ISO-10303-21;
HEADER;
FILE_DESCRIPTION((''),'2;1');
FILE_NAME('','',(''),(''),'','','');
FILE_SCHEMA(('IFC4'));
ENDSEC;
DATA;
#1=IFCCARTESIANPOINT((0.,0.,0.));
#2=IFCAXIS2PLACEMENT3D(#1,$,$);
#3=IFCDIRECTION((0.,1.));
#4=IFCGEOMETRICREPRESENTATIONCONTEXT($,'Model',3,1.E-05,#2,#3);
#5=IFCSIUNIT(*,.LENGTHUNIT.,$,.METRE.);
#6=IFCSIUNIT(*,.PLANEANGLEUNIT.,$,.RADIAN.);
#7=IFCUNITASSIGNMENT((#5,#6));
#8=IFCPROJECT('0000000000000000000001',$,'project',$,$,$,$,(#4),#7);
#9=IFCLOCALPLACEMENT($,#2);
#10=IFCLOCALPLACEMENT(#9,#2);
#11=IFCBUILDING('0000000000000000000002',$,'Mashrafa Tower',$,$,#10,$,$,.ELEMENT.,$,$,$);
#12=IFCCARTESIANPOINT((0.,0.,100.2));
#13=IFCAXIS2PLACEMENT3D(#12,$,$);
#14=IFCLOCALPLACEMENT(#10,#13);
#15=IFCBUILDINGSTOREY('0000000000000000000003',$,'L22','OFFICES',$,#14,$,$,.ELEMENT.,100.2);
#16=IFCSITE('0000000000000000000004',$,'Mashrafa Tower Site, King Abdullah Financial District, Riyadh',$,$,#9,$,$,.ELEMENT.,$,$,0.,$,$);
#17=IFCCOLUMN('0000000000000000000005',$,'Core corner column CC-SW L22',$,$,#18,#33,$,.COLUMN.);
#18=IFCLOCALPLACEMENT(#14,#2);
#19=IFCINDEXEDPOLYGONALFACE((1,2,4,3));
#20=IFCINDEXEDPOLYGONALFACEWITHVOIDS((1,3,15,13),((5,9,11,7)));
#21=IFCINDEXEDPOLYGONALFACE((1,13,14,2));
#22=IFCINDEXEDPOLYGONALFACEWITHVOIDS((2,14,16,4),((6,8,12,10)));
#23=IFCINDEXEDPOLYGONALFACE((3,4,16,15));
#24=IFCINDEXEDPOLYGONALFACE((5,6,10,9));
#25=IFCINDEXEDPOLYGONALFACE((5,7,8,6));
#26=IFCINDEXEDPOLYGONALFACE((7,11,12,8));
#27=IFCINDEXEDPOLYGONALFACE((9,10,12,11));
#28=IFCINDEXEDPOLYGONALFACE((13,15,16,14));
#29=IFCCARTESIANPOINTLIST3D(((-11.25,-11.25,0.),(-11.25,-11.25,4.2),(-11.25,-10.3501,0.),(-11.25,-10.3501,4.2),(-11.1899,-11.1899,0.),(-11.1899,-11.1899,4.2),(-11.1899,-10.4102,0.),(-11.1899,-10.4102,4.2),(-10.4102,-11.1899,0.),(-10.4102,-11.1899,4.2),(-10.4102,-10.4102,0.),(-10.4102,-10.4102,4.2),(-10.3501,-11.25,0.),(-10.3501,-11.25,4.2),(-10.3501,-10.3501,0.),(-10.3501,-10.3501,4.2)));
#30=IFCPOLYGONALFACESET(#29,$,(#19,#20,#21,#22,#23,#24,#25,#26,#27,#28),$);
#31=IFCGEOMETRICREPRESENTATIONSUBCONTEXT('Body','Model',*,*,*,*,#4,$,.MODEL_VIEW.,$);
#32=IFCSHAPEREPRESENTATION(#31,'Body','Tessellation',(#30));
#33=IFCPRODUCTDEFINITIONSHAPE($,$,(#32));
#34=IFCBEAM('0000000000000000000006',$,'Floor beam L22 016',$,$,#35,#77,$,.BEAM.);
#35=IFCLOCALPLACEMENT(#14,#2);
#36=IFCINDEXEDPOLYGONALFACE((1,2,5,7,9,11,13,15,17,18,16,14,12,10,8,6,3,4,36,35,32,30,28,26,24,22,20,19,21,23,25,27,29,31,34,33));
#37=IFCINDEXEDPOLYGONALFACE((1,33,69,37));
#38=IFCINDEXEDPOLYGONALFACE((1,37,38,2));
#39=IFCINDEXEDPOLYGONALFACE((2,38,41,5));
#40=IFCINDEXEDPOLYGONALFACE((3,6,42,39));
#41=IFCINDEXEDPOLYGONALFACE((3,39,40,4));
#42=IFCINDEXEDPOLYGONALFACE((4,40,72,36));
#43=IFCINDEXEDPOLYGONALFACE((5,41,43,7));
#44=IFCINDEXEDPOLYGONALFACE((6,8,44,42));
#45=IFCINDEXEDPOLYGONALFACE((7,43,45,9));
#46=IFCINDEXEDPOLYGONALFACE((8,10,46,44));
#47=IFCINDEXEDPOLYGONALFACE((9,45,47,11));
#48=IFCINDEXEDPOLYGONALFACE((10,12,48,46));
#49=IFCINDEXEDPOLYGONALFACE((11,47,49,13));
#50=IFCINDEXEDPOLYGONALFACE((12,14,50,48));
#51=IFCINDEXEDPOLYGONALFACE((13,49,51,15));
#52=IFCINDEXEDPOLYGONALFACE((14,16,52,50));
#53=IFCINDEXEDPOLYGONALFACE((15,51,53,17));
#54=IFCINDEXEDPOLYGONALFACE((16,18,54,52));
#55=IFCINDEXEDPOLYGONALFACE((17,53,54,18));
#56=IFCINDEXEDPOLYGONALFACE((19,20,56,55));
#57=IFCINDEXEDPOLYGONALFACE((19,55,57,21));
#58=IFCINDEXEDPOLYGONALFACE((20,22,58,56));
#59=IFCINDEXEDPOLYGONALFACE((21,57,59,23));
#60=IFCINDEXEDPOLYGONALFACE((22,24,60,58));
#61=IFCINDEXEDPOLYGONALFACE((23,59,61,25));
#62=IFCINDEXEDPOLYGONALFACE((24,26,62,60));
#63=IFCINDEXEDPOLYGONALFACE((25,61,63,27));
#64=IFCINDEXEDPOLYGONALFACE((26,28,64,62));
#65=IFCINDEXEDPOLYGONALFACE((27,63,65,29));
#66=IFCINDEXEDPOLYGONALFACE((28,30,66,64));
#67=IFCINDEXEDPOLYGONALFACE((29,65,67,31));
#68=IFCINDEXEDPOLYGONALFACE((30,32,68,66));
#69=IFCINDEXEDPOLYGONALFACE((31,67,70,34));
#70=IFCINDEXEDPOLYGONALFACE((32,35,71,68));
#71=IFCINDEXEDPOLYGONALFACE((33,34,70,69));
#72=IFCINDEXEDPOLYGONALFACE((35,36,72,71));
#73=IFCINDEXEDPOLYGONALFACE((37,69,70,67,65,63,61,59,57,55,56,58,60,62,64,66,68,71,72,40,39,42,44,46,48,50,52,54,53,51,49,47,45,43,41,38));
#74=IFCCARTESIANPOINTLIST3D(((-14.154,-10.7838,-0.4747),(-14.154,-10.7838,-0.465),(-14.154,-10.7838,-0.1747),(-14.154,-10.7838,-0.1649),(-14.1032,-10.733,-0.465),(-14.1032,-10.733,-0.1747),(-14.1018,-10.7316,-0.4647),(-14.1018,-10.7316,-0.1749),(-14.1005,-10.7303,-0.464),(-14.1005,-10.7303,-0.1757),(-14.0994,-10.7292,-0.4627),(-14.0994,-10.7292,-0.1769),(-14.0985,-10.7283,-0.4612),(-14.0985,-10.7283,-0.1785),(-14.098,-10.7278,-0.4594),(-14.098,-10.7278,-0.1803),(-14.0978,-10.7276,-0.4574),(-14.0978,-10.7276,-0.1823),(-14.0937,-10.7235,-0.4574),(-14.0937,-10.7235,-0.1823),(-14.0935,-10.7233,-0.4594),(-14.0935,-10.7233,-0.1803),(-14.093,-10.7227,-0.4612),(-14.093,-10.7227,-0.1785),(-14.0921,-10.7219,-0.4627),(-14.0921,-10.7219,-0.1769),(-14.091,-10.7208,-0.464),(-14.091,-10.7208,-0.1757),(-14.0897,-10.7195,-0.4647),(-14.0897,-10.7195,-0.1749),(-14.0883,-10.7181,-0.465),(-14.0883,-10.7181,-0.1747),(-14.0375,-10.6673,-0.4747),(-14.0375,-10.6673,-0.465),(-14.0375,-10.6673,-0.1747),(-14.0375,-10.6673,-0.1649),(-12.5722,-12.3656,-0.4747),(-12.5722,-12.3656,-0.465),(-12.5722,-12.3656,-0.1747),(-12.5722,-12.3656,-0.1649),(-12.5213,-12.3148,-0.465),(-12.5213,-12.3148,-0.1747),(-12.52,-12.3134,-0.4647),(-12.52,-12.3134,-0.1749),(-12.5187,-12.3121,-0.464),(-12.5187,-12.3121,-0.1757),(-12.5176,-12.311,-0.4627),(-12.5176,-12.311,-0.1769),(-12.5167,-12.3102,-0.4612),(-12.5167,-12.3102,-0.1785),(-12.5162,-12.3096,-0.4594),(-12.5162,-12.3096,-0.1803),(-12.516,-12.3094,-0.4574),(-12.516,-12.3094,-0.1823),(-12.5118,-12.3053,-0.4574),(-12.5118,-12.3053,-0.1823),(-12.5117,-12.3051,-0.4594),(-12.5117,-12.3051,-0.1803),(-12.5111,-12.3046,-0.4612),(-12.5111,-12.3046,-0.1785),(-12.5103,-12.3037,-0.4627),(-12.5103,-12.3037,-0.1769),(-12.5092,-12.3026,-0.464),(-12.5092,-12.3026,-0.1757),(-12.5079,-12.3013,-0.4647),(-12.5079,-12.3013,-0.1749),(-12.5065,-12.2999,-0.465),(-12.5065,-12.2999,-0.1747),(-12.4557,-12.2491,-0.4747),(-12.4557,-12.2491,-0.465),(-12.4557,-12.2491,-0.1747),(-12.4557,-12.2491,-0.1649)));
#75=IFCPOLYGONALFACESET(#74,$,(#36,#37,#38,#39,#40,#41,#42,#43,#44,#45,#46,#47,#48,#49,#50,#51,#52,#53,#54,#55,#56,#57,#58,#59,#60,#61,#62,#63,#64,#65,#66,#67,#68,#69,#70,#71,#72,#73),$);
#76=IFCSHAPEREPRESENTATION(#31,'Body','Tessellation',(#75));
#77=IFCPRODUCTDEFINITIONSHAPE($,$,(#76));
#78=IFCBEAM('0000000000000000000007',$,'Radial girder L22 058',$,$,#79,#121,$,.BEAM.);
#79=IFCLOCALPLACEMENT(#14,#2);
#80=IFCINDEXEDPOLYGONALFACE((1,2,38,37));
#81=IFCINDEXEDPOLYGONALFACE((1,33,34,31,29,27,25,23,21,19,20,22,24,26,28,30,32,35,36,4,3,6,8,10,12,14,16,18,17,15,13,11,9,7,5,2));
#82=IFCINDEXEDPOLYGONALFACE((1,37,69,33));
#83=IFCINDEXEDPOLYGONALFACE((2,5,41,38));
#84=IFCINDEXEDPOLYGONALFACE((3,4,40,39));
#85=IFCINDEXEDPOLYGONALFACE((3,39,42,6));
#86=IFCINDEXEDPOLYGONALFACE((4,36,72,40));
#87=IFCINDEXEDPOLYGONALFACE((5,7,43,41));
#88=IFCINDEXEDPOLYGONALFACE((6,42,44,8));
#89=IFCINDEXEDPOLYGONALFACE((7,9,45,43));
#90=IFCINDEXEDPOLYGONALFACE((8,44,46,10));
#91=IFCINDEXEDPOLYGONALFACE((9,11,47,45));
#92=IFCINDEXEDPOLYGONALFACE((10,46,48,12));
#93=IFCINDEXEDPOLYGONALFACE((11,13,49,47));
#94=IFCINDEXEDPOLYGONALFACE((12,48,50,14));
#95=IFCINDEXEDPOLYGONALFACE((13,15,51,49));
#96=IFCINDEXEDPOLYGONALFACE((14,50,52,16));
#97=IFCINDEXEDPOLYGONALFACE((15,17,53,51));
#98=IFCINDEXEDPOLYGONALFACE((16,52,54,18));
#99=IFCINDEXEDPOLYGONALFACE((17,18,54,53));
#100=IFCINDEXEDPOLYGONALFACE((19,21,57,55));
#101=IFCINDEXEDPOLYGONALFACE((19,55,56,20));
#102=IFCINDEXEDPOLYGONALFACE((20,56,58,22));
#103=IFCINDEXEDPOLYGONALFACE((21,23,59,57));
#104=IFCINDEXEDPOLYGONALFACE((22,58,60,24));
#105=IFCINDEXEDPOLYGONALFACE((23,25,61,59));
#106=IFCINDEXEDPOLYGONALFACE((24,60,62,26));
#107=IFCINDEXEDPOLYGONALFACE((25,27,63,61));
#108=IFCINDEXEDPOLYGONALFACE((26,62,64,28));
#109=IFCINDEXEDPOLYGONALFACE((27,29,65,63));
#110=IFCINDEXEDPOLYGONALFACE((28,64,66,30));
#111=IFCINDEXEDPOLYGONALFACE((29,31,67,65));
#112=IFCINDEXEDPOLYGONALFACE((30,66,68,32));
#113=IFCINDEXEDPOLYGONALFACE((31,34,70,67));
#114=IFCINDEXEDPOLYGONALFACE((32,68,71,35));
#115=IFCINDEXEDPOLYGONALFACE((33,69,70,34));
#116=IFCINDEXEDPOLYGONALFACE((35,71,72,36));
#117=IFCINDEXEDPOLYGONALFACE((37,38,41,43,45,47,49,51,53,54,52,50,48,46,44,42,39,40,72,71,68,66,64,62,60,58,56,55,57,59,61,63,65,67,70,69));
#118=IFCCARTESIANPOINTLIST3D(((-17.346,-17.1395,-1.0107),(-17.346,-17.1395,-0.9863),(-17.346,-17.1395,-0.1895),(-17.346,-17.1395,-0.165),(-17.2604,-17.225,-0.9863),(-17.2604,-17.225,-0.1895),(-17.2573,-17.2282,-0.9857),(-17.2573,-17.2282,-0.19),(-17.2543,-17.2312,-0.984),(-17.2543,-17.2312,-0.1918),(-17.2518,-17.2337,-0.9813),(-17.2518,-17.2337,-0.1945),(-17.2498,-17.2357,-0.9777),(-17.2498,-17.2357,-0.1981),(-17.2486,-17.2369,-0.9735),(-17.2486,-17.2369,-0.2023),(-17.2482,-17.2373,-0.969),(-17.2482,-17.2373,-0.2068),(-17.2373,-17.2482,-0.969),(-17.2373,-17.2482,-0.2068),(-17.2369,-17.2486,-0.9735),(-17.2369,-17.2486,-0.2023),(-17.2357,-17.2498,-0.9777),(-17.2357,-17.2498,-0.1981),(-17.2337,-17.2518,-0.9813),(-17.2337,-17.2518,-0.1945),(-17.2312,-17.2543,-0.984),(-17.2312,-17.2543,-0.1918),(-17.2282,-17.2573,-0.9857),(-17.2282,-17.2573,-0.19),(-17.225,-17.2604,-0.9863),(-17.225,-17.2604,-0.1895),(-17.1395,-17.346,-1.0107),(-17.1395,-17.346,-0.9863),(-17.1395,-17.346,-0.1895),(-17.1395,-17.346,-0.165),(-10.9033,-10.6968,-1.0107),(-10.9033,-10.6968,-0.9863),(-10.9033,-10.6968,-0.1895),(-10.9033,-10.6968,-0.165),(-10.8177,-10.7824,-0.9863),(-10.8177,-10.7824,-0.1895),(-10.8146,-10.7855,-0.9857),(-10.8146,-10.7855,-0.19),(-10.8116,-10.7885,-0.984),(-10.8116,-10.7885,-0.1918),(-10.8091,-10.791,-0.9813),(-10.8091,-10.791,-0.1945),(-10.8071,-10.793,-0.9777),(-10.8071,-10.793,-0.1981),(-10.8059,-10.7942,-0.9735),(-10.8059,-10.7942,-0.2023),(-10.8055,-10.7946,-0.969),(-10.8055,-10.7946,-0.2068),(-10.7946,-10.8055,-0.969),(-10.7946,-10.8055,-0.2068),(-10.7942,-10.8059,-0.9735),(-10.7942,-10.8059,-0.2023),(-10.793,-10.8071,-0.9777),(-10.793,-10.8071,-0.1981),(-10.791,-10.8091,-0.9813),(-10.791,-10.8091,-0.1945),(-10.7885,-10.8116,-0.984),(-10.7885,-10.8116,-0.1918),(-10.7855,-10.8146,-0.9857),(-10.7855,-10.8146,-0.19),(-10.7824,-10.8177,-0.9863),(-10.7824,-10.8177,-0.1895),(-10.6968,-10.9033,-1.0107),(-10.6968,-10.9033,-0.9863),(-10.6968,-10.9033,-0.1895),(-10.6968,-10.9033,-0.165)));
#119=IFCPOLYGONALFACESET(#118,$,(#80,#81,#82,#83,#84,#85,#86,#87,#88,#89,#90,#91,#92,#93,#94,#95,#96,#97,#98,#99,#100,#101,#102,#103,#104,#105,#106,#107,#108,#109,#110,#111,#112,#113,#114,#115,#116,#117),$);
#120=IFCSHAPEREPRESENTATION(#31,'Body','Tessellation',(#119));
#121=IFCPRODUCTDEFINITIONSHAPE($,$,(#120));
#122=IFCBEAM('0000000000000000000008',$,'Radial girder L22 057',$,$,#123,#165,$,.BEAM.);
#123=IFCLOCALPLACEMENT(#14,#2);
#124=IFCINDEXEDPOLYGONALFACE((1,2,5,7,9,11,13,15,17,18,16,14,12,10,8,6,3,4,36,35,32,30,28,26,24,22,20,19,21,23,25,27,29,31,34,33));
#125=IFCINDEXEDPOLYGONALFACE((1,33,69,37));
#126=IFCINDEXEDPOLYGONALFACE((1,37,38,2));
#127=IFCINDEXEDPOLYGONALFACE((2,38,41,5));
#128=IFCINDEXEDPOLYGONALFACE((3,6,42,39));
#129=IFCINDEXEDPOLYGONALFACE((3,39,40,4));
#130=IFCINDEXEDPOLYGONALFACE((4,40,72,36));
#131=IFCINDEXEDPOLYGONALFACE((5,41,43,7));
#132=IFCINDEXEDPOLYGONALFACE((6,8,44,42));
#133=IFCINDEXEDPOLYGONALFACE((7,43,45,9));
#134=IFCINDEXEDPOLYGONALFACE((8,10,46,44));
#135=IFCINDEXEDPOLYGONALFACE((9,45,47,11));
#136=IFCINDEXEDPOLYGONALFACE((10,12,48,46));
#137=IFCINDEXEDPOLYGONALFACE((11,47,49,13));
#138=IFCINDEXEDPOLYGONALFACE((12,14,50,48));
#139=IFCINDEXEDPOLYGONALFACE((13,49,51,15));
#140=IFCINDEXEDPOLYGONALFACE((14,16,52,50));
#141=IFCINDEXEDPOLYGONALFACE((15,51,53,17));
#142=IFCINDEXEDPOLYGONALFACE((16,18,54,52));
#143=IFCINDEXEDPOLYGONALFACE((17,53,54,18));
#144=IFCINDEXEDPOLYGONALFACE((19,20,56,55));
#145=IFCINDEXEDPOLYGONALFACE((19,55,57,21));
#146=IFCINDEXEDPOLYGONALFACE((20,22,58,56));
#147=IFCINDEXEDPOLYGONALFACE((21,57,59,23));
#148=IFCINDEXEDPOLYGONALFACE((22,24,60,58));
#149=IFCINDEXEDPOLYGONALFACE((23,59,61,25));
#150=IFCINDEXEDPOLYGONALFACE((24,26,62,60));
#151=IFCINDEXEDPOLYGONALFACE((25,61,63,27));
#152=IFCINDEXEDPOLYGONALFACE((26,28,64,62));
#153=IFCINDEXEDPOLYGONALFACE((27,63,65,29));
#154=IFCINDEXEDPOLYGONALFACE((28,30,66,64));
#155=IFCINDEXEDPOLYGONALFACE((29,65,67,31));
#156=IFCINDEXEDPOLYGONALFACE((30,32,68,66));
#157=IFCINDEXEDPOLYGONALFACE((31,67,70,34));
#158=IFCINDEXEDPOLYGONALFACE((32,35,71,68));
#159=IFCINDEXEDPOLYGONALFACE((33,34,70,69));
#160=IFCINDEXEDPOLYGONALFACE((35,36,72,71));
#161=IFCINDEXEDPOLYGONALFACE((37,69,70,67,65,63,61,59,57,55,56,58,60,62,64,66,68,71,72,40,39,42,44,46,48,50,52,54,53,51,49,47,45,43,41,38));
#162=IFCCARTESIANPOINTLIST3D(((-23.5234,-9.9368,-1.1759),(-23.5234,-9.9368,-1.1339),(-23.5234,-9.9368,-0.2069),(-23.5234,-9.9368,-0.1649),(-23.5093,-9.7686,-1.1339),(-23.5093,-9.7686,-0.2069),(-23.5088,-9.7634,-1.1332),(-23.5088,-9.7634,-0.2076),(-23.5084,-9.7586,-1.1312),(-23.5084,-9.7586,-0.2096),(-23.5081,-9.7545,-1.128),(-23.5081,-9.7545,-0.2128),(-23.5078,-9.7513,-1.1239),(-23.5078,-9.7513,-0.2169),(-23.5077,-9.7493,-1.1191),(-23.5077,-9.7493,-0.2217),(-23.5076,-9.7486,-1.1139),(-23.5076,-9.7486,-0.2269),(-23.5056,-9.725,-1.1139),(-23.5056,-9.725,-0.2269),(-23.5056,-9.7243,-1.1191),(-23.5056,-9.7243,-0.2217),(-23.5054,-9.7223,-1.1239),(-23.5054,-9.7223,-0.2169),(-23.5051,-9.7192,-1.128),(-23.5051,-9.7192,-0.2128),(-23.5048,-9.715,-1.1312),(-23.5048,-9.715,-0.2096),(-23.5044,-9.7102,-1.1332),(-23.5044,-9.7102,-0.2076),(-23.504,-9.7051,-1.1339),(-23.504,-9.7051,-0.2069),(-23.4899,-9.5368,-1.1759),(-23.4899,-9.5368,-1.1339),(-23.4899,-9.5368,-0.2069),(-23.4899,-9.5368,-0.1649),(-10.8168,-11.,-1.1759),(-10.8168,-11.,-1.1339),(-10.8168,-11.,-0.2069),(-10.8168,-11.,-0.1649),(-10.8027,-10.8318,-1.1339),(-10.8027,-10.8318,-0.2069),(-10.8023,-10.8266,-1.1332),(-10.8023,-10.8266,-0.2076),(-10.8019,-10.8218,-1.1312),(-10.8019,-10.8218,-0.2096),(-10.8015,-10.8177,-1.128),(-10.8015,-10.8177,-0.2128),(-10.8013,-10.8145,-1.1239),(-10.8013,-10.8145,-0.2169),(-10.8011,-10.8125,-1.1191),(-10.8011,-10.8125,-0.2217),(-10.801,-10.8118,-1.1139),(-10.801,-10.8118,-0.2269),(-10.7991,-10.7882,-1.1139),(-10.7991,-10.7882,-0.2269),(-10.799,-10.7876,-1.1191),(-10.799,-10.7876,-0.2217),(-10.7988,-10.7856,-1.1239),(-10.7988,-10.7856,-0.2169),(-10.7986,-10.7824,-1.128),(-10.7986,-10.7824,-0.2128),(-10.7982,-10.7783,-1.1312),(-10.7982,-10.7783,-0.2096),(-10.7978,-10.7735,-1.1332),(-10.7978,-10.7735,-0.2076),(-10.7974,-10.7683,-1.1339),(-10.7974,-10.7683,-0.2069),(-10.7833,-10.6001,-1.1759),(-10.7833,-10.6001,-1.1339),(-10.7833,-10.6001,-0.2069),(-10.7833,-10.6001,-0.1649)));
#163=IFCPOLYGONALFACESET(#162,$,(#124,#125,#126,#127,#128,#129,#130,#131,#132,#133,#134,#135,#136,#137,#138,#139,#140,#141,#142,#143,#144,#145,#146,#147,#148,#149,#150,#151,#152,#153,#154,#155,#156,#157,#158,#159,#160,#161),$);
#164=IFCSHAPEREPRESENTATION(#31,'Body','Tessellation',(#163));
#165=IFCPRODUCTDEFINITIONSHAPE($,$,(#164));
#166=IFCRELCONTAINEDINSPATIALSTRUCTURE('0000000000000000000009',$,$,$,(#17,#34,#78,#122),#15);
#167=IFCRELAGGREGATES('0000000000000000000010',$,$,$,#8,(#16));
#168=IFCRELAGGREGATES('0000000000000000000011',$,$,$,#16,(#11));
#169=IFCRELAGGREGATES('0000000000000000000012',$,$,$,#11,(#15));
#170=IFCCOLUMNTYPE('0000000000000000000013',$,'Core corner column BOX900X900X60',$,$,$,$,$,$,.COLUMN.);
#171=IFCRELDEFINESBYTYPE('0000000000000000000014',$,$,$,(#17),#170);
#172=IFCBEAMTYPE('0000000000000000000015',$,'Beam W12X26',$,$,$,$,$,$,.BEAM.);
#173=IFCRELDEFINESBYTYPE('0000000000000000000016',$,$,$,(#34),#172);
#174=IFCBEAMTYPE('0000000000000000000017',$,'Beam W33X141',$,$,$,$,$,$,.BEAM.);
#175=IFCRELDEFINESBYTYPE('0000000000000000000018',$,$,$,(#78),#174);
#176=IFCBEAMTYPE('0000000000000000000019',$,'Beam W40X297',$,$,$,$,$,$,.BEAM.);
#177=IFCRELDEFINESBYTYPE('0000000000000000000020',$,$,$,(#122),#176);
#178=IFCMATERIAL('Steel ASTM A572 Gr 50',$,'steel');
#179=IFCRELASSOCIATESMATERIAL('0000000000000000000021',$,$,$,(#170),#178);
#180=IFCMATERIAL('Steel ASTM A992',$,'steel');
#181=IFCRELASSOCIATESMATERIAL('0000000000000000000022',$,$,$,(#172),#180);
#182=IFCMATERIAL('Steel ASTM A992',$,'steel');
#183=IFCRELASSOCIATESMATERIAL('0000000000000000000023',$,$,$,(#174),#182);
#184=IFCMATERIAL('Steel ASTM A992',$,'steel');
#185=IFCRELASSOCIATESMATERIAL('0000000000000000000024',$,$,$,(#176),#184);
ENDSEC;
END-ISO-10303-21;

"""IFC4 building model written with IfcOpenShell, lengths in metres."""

from ifc_helpers import new_model, si_unit, direction, frame, origin, origin_2d, place, context, subcontext, project, spatial, hollow_rectangle, i_section, extrude, material, material_profile, profile_set, type_object, element, save


model = new_model("IFC4")

# Units and contexts
model_context = context("Model", 3, precision=1e-05, world=origin(), true_north=direction((0.0, 1.0)))
body_context = subcontext(model_context, "Body", "Model", "MODEL_VIEW")
ifc_project = project(units=[si_unit("LENGTHUNIT", "METRE"), si_unit("PLANEANGLEUNIT", "RADIAN")], contexts=[model_context])

# Site, building, storey
site_placement = place(None, origin())
site = spatial("IfcSite", under=ifc_project, at=site_placement, Name="Mashrafa Tower Site, King Abdullah Financial District, Riyadh", CompositionType="ELEMENT", RefElevation=0.0)
building_placement = place(site_placement, origin())
building = spatial("IfcBuilding", under=site, at=building_placement, Name="Mashrafa Tower", CompositionType="ELEMENT")
storey_placement = place(building_placement, frame((0.0, 0.0, 100.2)))
storey = spatial("IfcBuildingStorey", under=building, at=storey_placement, Name="L22", Description="OFFICES", CompositionType="ELEMENT", Elevation=100.2)

# Column
ifc_material_1 = material(Name="Steel ASTM A572 Gr 50", Category="steel")
ifc_material_profile_1 = material_profile(ifc_material_1, hollow_rectangle(XDim=0.8999, YDim=0.8999, WallThickness=0.0601, at=origin_2d()), Name="BOX900X900X60")
ifc_profile_set_1 = profile_set([ifc_material_profile_1], Name="Steel ASTM A572 Gr 50")
column_type = type_object("IfcColumnType", Name="Core corner column BOX900X900X60", PredefinedType="COLUMN", material=ifc_profile_set_1)
column_placement = place(storey_placement, frame((-10.8, -10.8, 0.0), z_axis=(0.0, 0.0, 1.0), x_axis=(1.0, 0.0, 0.0)))
element("IfcColumn", 1, at=column_placement, inside=storey, type_object=column_type, Name="Core corner column CC-SW L22", PredefinedType="COLUMN", context=body_context, shape_type="SweptSolid", body=[
    extrude(hollow_rectangle(XDim=0.8999, YDim=0.8999, WallThickness=0.0601, at=origin_2d()), origin(), (0.0, 0.0, 1.0), 4.2),
])

# Beams
ifc_material_2 = material(Name="Steel ASTM A992", Category="steel")
ifc_material_profile_2 = material_profile(ifc_material_2, i_section(OverallWidth=0.1648, OverallDepth=0.3098, WebThickness=0.0059, FlangeThickness=0.0098, FilletRadius=0.0076, at=origin_2d()), Name="W12X26")
ifc_profile_set_2 = profile_set([ifc_material_profile_2], Name="Steel ASTM A992")
beam_type_1 = type_object("IfcBeamType", Name="Beam W12X26", PredefinedType="BEAM", material=ifc_profile_set_2)
beam_1_placement = place(storey_placement, frame((-12.5139, -12.3074, -0.3198), z_axis=(-0.707107, 0.707107, 0.0), x_axis=(-0.707107, -0.707107, 0.0)))
element("IfcBeam", 2, at=beam_1_placement, inside=storey, type_object=beam_type_1, Name="Floor beam L22 016", PredefinedType="BEAM", context=body_context, shape_type="SweptSolid", body=[
    extrude(i_section(OverallWidth=0.1648, OverallDepth=0.3098, WebThickness=0.0059, FlangeThickness=0.0098, FilletRadius=0.0076, at=origin_2d()), origin(), (0.0, 0.0, 1.0), 2.2371),
])
ifc_material_3 = material(Name="Steel ASTM A992", Category="steel")
ifc_material_profile_3 = material_profile(ifc_material_3, i_section(OverallWidth=0.292, OverallDepth=0.8457, WebThickness=0.0154, FlangeThickness=0.0244, FilletRadius=0.0173, at=origin_2d()), Name="W33X141")
ifc_profile_set_3 = profile_set([ifc_material_profile_3], Name="Steel ASTM A992")
beam_type_2 = type_object("IfcBeamType", Name="Beam W33X141", PredefinedType="BEAM", material=ifc_profile_set_3)
beam_2_placement = place(storey_placement, frame((-10.8, -10.8, -0.5879), z_axis=(-0.707107, -0.707107, 0.0), x_axis=(0.707107, -0.707107, 0.0)))
element("IfcBeam", 3, at=beam_2_placement, inside=storey, type_object=beam_type_2, Name="Radial girder L22 058", PredefinedType="BEAM", context=body_context, shape_type="SweptSolid", body=[
    extrude(i_section(OverallWidth=0.292, OverallDepth=0.8457, WebThickness=0.0154, FlangeThickness=0.0244, FilletRadius=0.0173, at=origin_2d()), origin(), (0.0, 0.0, 1.0), 9.1113),
])
ifc_material_4 = material(Name="Steel ASTM A992", Category="steel")
ifc_material_profile_4 = material_profile(ifc_material_4, i_section(OverallWidth=0.4014, OverallDepth=1.011, WebThickness=0.0237, FlangeThickness=0.042, FilletRadius=0.02, at=origin_2d()), Name="W40X297")
ifc_profile_set_4 = profile_set([ifc_material_profile_4], Name="Steel ASTM A992")
beam_type_3 = type_object("IfcBeamType", Name="Beam W40X297", PredefinedType="BEAM", material=ifc_profile_set_4)
beam_3_placement = place(storey_placement, frame((-10.8, -10.8, -0.6704), z_axis=(-0.996517, 0.083385, 0.0), x_axis=(-0.083385, -0.996517, 0.0)))
element("IfcBeam", 4, at=beam_3_placement, inside=storey, type_object=beam_type_3, Name="Radial girder L22 057", PredefinedType="BEAM", context=body_context, shape_type="SweptSolid", body=[
    extrude(i_section(OverallWidth=0.4014, OverallDepth=1.011, WebThickness=0.0237, FlangeThickness=0.042, FilletRadius=0.02, at=origin_2d()), origin(), (0.0, 0.0, 1.0), 12.751),
])

save(model, "model.ifc")
